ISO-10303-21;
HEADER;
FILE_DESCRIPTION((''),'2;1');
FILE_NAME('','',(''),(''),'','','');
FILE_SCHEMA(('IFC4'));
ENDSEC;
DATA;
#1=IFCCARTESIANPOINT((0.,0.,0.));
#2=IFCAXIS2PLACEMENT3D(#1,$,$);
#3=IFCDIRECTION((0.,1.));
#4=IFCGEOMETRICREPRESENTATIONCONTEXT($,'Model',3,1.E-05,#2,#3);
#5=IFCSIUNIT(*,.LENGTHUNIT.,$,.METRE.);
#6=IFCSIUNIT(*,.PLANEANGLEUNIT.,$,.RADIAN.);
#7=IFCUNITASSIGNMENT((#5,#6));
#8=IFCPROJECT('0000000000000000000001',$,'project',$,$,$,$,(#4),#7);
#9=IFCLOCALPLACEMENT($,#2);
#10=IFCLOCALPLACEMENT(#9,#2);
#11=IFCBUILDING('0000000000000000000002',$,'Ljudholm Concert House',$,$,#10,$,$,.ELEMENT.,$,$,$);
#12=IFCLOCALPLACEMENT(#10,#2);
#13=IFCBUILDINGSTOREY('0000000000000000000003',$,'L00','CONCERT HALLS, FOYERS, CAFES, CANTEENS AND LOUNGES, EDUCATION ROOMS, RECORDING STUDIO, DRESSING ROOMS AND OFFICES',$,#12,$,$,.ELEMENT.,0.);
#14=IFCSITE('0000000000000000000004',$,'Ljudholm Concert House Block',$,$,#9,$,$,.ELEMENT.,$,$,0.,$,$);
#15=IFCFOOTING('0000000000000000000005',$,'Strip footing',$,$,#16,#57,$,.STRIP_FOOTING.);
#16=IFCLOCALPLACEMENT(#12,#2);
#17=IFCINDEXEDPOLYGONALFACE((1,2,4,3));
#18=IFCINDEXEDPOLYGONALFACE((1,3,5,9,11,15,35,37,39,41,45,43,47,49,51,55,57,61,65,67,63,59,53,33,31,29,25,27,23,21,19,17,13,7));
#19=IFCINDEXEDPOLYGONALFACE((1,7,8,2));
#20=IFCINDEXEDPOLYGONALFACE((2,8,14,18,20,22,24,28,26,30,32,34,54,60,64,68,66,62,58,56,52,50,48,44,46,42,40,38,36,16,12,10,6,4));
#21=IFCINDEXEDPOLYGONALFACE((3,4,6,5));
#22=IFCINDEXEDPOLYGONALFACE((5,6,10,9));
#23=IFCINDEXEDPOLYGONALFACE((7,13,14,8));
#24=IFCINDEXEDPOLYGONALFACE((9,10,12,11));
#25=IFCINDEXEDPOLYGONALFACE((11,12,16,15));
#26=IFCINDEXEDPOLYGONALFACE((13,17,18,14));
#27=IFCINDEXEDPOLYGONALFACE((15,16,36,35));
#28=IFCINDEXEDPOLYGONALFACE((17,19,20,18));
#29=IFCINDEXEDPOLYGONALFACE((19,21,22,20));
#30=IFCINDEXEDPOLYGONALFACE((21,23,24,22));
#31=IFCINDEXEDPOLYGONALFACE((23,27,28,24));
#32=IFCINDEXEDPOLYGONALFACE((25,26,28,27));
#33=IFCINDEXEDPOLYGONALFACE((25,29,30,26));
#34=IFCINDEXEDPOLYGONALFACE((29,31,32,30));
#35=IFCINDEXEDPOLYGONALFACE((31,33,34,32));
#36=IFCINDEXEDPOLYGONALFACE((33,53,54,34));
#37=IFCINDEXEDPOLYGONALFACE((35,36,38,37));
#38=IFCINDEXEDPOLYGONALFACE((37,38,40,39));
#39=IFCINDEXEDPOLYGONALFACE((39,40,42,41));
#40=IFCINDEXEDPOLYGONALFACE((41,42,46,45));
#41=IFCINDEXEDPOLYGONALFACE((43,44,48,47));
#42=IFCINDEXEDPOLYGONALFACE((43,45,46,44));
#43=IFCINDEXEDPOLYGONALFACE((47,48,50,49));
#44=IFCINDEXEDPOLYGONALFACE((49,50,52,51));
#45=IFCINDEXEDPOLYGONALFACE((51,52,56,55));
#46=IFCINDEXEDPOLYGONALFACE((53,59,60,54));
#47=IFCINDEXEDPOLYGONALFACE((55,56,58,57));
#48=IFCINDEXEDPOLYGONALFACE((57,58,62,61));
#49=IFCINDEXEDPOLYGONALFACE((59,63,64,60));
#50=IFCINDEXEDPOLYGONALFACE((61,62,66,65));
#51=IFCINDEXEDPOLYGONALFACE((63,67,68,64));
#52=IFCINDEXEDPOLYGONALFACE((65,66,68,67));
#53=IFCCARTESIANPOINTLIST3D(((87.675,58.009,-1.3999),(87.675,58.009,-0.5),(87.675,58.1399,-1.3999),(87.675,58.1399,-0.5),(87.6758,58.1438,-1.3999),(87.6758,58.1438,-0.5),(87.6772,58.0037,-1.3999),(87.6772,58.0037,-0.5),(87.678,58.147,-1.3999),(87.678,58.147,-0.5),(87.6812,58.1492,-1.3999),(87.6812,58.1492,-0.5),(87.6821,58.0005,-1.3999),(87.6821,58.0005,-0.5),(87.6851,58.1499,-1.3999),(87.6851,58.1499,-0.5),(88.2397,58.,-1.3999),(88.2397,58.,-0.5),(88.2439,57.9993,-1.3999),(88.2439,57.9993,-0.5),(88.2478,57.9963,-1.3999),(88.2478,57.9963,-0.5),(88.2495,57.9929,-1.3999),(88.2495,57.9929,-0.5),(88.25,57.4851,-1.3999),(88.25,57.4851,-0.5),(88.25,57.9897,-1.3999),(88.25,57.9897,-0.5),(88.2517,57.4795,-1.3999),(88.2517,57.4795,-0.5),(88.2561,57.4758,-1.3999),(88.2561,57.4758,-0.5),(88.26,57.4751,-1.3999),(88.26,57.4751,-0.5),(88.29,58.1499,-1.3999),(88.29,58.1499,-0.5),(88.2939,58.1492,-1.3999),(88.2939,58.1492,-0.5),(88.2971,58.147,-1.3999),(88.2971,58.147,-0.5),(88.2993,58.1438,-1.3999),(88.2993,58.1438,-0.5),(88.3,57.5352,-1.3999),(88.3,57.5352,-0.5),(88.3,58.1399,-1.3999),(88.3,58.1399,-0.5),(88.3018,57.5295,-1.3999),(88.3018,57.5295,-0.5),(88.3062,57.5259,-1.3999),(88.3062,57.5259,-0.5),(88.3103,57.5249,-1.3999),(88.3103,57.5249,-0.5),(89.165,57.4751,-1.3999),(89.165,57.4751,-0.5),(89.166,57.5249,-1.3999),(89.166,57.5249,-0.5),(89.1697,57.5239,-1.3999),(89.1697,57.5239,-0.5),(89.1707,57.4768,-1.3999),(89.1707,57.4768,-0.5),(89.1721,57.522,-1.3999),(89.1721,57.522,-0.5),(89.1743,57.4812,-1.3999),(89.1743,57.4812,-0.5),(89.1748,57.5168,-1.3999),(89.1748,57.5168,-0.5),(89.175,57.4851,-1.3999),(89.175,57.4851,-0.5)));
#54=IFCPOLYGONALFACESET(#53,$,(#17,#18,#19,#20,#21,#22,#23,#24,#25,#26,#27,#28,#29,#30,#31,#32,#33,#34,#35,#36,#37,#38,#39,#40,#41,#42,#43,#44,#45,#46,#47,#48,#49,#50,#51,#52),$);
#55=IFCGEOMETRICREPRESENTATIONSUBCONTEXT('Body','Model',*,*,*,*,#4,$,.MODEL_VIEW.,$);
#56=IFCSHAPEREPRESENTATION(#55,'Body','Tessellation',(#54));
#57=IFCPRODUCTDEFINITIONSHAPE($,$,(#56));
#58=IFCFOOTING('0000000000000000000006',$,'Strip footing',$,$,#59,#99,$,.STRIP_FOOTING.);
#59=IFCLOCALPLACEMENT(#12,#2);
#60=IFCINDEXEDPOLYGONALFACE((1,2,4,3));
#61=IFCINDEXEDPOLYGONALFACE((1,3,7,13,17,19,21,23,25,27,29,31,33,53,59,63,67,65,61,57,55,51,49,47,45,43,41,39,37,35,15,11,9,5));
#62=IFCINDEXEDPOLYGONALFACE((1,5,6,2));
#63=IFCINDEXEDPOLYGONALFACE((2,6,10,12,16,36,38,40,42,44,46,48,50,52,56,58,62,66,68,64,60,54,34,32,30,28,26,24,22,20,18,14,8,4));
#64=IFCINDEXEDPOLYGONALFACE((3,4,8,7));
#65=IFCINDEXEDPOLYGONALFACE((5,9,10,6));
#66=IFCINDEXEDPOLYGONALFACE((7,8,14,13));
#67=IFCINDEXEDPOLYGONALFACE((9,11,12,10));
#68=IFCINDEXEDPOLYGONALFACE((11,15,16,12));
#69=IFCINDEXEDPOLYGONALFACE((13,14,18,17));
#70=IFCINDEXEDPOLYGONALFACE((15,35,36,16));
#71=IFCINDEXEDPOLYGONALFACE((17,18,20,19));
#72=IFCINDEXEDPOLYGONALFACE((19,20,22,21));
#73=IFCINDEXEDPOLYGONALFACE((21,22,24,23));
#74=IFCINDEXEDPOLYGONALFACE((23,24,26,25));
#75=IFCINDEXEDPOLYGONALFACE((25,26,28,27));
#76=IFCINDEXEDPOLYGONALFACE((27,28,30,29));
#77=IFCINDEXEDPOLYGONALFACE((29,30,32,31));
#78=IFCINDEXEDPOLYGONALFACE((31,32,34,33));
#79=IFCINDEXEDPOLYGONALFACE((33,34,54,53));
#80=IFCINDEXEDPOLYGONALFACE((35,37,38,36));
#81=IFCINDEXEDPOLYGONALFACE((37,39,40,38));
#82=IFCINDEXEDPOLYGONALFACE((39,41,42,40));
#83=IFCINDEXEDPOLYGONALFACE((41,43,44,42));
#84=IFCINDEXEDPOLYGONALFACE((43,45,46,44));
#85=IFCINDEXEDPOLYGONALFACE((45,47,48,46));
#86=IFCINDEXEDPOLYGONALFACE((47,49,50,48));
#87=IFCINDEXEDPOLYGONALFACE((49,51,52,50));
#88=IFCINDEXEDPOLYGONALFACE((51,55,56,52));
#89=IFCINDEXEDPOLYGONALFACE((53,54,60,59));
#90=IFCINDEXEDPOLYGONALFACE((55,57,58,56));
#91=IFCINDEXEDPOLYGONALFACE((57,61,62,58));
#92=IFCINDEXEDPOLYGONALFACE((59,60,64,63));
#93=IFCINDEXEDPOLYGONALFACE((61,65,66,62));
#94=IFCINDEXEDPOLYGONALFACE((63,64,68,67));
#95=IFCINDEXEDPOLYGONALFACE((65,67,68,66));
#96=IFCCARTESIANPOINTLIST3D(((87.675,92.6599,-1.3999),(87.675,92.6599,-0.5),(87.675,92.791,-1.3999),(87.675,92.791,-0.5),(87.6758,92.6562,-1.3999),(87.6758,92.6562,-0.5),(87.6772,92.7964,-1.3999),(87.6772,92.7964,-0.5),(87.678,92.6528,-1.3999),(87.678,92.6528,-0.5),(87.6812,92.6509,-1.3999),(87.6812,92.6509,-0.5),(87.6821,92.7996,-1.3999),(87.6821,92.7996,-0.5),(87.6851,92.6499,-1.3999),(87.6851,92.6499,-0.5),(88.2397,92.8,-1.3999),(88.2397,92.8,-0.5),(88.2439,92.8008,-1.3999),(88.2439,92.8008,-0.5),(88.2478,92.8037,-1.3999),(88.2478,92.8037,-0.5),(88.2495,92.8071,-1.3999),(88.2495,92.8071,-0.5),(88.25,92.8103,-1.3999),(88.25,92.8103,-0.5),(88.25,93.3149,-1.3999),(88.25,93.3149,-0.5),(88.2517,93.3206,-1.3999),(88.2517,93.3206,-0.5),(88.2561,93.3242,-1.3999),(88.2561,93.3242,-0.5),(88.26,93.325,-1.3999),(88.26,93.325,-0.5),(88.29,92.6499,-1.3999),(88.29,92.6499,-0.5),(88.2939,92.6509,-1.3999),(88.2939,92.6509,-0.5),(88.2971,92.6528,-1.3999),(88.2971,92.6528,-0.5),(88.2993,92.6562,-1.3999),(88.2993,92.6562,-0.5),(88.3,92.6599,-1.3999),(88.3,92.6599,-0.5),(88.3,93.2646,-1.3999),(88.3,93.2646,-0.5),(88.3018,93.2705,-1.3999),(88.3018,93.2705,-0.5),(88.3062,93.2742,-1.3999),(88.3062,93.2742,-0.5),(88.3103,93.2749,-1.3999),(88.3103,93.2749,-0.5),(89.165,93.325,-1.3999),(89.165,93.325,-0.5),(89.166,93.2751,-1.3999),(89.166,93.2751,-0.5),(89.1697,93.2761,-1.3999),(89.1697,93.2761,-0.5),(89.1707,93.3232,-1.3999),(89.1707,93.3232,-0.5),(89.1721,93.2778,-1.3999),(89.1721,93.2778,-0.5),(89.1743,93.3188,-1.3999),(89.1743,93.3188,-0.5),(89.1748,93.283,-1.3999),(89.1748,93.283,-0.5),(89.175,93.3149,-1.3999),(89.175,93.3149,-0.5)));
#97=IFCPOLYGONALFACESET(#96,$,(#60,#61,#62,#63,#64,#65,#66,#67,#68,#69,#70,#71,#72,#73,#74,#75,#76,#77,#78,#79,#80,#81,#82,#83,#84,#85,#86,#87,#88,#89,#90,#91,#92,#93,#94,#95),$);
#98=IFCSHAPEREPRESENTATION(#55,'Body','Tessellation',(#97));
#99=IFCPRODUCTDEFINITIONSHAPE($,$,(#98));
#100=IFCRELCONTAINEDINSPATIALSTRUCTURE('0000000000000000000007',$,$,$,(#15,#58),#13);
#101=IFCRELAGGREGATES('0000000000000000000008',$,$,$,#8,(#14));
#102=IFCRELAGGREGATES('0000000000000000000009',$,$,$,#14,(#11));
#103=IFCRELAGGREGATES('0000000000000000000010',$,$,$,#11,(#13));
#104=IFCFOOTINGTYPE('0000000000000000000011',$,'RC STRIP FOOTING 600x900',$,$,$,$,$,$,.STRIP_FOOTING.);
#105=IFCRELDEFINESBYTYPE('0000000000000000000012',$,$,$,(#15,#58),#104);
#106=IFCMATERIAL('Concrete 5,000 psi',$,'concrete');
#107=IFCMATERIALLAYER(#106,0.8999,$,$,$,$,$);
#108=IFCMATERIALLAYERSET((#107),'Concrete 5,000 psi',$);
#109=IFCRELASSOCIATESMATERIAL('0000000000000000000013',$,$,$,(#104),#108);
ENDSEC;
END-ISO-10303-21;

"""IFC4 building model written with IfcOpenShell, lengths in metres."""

from ifc_helpers import new_model, si_unit, direction, frame, origin, place, context, subcontext, project, spatial, polyline, outline, extrude, material, layer, layer_set, type_object, element, save


model = new_model("IFC4")

# Units and contexts
model_context = context("Model", 3, precision=1e-05, world=origin(), true_north=direction((0.0, 1.0)))
body_context = subcontext(model_context, "Body", "Model", "MODEL_VIEW")
ifc_project = project(units=[si_unit("LENGTHUNIT", "METRE"), si_unit("PLANEANGLEUNIT", "RADIAN")], contexts=[model_context])

# Site, building, storey
site_placement = place(None, origin())
site = spatial("IfcSite", under=ifc_project, at=site_placement, Name="Ljudholm Concert House Block", CompositionType="ELEMENT", RefElevation=0.0)
building_placement = place(site_placement, origin())
building = spatial("IfcBuilding", under=site, at=building_placement, Name="Ljudholm Concert House", CompositionType="ELEMENT")
storey_placement = place(building_placement, origin())
storey = spatial("IfcBuildingStorey", under=building, at=storey_placement, Name="L00", Description="CONCERT HALLS, FOYERS, CAFES, CANTEENS AND LOUNGES, EDUCATION ROOMS, RECORDING STUDIO, DRESSING ROOMS AND OFFICES", CompositionType="ELEMENT", Elevation=0.0)

# Footings
ifc_material_1 = material(Name="Concrete 5,000 psi", Category="concrete")
ifc_layer_1 = layer(ifc_material_1, 0.8999)
ifc_layer_set_1 = layer_set([ifc_layer_1], Name="Concrete 5,000 psi")
footing_type_1 = type_object("IfcFootingType", Name="RC STRIP FOOTING 600x900", PredefinedType="STRIP_FOOTING", material=ifc_layer_set_1)
footing_1_placement = place(storey_placement, frame((0.0, 0.0, -1.3999)))
element("IfcFooting", 1, at=footing_1_placement, inside=storey, type_object=footing_type_1, Name="Strip footing", PredefinedType="STRIP_FOOTING", context=body_context, shape_type="SweptSolid", body=[
    extrude(outline(polyline([(87.675, 58.1399), (87.675, 58.009), (87.6772, 58.0037), (87.6821, 58.0005), (88.2397, 58.0), (88.2439, 57.9993), (88.2478, 57.9963), (88.2495, 57.9929), (88.25, 57.9897), (88.25, 57.4851), (88.2517, 57.4795), (88.2561, 57.4758), (88.26, 57.4751), (89.165, 57.4751), (89.1707, 57.4768), (89.1743, 57.4812), (89.175, 57.4851), (89.1748, 57.5168), (89.1721, 57.522), (89.1697, 57.5239), (89.166, 57.5249), (88.3103, 57.5249), (88.3062, 57.5259), (88.3018, 57.5295), (88.3, 57.5352), (88.3, 58.1399), (88.2993, 58.1438), (88.2971, 58.147), (88.2939, 58.1492), (88.29, 58.1499), (87.6851, 58.1499), (87.6812, 58.1492), (87.678, 58.147), (87.6758, 58.1438), (87.675, 58.1399)])), origin(), (0.0, 0.0, 1.0), 0.8999),
])
footing_2_placement = place(storey_placement, frame((0.0, 0.0, -1.3999)))
element("IfcFooting", 2, at=footing_2_placement, inside=storey, type_object=footing_type_1, Name="Strip footing", PredefinedType="STRIP_FOOTING", context=body_context, shape_type="SweptSolid", body=[
    extrude(outline(polyline([(87.6851, 92.6499), (88.29, 92.6499), (88.2939, 92.6509), (88.2971, 92.6528), (88.2993, 92.6562), (88.3, 92.6599), (88.3, 93.2646), (88.3018, 93.2705), (88.3062, 93.2742), (88.3103, 93.2749), (89.166, 93.2751), (89.1697, 93.2761), (89.1721, 93.2778), (89.1748, 93.283), (89.175, 93.3149), (89.1743, 93.3188), (89.1707, 93.3232), (89.165, 93.325), (88.26, 93.325), (88.2561, 93.3242), (88.2517, 93.3206), (88.25, 93.3149), (88.25, 92.8103), (88.2495, 92.8071), (88.2478, 92.8037), (88.2439, 92.8008), (88.2397, 92.8), (87.6821, 92.7996), (87.6772, 92.7964), (87.675, 92.791), (87.675, 92.6599), (87.6758, 92.6562), (87.678, 92.6528), (87.6812, 92.6509), (87.6851, 92.6499)])), origin(), (0.0, 0.0, 1.0), 0.8999),
])

save(model, "model.ifc")
